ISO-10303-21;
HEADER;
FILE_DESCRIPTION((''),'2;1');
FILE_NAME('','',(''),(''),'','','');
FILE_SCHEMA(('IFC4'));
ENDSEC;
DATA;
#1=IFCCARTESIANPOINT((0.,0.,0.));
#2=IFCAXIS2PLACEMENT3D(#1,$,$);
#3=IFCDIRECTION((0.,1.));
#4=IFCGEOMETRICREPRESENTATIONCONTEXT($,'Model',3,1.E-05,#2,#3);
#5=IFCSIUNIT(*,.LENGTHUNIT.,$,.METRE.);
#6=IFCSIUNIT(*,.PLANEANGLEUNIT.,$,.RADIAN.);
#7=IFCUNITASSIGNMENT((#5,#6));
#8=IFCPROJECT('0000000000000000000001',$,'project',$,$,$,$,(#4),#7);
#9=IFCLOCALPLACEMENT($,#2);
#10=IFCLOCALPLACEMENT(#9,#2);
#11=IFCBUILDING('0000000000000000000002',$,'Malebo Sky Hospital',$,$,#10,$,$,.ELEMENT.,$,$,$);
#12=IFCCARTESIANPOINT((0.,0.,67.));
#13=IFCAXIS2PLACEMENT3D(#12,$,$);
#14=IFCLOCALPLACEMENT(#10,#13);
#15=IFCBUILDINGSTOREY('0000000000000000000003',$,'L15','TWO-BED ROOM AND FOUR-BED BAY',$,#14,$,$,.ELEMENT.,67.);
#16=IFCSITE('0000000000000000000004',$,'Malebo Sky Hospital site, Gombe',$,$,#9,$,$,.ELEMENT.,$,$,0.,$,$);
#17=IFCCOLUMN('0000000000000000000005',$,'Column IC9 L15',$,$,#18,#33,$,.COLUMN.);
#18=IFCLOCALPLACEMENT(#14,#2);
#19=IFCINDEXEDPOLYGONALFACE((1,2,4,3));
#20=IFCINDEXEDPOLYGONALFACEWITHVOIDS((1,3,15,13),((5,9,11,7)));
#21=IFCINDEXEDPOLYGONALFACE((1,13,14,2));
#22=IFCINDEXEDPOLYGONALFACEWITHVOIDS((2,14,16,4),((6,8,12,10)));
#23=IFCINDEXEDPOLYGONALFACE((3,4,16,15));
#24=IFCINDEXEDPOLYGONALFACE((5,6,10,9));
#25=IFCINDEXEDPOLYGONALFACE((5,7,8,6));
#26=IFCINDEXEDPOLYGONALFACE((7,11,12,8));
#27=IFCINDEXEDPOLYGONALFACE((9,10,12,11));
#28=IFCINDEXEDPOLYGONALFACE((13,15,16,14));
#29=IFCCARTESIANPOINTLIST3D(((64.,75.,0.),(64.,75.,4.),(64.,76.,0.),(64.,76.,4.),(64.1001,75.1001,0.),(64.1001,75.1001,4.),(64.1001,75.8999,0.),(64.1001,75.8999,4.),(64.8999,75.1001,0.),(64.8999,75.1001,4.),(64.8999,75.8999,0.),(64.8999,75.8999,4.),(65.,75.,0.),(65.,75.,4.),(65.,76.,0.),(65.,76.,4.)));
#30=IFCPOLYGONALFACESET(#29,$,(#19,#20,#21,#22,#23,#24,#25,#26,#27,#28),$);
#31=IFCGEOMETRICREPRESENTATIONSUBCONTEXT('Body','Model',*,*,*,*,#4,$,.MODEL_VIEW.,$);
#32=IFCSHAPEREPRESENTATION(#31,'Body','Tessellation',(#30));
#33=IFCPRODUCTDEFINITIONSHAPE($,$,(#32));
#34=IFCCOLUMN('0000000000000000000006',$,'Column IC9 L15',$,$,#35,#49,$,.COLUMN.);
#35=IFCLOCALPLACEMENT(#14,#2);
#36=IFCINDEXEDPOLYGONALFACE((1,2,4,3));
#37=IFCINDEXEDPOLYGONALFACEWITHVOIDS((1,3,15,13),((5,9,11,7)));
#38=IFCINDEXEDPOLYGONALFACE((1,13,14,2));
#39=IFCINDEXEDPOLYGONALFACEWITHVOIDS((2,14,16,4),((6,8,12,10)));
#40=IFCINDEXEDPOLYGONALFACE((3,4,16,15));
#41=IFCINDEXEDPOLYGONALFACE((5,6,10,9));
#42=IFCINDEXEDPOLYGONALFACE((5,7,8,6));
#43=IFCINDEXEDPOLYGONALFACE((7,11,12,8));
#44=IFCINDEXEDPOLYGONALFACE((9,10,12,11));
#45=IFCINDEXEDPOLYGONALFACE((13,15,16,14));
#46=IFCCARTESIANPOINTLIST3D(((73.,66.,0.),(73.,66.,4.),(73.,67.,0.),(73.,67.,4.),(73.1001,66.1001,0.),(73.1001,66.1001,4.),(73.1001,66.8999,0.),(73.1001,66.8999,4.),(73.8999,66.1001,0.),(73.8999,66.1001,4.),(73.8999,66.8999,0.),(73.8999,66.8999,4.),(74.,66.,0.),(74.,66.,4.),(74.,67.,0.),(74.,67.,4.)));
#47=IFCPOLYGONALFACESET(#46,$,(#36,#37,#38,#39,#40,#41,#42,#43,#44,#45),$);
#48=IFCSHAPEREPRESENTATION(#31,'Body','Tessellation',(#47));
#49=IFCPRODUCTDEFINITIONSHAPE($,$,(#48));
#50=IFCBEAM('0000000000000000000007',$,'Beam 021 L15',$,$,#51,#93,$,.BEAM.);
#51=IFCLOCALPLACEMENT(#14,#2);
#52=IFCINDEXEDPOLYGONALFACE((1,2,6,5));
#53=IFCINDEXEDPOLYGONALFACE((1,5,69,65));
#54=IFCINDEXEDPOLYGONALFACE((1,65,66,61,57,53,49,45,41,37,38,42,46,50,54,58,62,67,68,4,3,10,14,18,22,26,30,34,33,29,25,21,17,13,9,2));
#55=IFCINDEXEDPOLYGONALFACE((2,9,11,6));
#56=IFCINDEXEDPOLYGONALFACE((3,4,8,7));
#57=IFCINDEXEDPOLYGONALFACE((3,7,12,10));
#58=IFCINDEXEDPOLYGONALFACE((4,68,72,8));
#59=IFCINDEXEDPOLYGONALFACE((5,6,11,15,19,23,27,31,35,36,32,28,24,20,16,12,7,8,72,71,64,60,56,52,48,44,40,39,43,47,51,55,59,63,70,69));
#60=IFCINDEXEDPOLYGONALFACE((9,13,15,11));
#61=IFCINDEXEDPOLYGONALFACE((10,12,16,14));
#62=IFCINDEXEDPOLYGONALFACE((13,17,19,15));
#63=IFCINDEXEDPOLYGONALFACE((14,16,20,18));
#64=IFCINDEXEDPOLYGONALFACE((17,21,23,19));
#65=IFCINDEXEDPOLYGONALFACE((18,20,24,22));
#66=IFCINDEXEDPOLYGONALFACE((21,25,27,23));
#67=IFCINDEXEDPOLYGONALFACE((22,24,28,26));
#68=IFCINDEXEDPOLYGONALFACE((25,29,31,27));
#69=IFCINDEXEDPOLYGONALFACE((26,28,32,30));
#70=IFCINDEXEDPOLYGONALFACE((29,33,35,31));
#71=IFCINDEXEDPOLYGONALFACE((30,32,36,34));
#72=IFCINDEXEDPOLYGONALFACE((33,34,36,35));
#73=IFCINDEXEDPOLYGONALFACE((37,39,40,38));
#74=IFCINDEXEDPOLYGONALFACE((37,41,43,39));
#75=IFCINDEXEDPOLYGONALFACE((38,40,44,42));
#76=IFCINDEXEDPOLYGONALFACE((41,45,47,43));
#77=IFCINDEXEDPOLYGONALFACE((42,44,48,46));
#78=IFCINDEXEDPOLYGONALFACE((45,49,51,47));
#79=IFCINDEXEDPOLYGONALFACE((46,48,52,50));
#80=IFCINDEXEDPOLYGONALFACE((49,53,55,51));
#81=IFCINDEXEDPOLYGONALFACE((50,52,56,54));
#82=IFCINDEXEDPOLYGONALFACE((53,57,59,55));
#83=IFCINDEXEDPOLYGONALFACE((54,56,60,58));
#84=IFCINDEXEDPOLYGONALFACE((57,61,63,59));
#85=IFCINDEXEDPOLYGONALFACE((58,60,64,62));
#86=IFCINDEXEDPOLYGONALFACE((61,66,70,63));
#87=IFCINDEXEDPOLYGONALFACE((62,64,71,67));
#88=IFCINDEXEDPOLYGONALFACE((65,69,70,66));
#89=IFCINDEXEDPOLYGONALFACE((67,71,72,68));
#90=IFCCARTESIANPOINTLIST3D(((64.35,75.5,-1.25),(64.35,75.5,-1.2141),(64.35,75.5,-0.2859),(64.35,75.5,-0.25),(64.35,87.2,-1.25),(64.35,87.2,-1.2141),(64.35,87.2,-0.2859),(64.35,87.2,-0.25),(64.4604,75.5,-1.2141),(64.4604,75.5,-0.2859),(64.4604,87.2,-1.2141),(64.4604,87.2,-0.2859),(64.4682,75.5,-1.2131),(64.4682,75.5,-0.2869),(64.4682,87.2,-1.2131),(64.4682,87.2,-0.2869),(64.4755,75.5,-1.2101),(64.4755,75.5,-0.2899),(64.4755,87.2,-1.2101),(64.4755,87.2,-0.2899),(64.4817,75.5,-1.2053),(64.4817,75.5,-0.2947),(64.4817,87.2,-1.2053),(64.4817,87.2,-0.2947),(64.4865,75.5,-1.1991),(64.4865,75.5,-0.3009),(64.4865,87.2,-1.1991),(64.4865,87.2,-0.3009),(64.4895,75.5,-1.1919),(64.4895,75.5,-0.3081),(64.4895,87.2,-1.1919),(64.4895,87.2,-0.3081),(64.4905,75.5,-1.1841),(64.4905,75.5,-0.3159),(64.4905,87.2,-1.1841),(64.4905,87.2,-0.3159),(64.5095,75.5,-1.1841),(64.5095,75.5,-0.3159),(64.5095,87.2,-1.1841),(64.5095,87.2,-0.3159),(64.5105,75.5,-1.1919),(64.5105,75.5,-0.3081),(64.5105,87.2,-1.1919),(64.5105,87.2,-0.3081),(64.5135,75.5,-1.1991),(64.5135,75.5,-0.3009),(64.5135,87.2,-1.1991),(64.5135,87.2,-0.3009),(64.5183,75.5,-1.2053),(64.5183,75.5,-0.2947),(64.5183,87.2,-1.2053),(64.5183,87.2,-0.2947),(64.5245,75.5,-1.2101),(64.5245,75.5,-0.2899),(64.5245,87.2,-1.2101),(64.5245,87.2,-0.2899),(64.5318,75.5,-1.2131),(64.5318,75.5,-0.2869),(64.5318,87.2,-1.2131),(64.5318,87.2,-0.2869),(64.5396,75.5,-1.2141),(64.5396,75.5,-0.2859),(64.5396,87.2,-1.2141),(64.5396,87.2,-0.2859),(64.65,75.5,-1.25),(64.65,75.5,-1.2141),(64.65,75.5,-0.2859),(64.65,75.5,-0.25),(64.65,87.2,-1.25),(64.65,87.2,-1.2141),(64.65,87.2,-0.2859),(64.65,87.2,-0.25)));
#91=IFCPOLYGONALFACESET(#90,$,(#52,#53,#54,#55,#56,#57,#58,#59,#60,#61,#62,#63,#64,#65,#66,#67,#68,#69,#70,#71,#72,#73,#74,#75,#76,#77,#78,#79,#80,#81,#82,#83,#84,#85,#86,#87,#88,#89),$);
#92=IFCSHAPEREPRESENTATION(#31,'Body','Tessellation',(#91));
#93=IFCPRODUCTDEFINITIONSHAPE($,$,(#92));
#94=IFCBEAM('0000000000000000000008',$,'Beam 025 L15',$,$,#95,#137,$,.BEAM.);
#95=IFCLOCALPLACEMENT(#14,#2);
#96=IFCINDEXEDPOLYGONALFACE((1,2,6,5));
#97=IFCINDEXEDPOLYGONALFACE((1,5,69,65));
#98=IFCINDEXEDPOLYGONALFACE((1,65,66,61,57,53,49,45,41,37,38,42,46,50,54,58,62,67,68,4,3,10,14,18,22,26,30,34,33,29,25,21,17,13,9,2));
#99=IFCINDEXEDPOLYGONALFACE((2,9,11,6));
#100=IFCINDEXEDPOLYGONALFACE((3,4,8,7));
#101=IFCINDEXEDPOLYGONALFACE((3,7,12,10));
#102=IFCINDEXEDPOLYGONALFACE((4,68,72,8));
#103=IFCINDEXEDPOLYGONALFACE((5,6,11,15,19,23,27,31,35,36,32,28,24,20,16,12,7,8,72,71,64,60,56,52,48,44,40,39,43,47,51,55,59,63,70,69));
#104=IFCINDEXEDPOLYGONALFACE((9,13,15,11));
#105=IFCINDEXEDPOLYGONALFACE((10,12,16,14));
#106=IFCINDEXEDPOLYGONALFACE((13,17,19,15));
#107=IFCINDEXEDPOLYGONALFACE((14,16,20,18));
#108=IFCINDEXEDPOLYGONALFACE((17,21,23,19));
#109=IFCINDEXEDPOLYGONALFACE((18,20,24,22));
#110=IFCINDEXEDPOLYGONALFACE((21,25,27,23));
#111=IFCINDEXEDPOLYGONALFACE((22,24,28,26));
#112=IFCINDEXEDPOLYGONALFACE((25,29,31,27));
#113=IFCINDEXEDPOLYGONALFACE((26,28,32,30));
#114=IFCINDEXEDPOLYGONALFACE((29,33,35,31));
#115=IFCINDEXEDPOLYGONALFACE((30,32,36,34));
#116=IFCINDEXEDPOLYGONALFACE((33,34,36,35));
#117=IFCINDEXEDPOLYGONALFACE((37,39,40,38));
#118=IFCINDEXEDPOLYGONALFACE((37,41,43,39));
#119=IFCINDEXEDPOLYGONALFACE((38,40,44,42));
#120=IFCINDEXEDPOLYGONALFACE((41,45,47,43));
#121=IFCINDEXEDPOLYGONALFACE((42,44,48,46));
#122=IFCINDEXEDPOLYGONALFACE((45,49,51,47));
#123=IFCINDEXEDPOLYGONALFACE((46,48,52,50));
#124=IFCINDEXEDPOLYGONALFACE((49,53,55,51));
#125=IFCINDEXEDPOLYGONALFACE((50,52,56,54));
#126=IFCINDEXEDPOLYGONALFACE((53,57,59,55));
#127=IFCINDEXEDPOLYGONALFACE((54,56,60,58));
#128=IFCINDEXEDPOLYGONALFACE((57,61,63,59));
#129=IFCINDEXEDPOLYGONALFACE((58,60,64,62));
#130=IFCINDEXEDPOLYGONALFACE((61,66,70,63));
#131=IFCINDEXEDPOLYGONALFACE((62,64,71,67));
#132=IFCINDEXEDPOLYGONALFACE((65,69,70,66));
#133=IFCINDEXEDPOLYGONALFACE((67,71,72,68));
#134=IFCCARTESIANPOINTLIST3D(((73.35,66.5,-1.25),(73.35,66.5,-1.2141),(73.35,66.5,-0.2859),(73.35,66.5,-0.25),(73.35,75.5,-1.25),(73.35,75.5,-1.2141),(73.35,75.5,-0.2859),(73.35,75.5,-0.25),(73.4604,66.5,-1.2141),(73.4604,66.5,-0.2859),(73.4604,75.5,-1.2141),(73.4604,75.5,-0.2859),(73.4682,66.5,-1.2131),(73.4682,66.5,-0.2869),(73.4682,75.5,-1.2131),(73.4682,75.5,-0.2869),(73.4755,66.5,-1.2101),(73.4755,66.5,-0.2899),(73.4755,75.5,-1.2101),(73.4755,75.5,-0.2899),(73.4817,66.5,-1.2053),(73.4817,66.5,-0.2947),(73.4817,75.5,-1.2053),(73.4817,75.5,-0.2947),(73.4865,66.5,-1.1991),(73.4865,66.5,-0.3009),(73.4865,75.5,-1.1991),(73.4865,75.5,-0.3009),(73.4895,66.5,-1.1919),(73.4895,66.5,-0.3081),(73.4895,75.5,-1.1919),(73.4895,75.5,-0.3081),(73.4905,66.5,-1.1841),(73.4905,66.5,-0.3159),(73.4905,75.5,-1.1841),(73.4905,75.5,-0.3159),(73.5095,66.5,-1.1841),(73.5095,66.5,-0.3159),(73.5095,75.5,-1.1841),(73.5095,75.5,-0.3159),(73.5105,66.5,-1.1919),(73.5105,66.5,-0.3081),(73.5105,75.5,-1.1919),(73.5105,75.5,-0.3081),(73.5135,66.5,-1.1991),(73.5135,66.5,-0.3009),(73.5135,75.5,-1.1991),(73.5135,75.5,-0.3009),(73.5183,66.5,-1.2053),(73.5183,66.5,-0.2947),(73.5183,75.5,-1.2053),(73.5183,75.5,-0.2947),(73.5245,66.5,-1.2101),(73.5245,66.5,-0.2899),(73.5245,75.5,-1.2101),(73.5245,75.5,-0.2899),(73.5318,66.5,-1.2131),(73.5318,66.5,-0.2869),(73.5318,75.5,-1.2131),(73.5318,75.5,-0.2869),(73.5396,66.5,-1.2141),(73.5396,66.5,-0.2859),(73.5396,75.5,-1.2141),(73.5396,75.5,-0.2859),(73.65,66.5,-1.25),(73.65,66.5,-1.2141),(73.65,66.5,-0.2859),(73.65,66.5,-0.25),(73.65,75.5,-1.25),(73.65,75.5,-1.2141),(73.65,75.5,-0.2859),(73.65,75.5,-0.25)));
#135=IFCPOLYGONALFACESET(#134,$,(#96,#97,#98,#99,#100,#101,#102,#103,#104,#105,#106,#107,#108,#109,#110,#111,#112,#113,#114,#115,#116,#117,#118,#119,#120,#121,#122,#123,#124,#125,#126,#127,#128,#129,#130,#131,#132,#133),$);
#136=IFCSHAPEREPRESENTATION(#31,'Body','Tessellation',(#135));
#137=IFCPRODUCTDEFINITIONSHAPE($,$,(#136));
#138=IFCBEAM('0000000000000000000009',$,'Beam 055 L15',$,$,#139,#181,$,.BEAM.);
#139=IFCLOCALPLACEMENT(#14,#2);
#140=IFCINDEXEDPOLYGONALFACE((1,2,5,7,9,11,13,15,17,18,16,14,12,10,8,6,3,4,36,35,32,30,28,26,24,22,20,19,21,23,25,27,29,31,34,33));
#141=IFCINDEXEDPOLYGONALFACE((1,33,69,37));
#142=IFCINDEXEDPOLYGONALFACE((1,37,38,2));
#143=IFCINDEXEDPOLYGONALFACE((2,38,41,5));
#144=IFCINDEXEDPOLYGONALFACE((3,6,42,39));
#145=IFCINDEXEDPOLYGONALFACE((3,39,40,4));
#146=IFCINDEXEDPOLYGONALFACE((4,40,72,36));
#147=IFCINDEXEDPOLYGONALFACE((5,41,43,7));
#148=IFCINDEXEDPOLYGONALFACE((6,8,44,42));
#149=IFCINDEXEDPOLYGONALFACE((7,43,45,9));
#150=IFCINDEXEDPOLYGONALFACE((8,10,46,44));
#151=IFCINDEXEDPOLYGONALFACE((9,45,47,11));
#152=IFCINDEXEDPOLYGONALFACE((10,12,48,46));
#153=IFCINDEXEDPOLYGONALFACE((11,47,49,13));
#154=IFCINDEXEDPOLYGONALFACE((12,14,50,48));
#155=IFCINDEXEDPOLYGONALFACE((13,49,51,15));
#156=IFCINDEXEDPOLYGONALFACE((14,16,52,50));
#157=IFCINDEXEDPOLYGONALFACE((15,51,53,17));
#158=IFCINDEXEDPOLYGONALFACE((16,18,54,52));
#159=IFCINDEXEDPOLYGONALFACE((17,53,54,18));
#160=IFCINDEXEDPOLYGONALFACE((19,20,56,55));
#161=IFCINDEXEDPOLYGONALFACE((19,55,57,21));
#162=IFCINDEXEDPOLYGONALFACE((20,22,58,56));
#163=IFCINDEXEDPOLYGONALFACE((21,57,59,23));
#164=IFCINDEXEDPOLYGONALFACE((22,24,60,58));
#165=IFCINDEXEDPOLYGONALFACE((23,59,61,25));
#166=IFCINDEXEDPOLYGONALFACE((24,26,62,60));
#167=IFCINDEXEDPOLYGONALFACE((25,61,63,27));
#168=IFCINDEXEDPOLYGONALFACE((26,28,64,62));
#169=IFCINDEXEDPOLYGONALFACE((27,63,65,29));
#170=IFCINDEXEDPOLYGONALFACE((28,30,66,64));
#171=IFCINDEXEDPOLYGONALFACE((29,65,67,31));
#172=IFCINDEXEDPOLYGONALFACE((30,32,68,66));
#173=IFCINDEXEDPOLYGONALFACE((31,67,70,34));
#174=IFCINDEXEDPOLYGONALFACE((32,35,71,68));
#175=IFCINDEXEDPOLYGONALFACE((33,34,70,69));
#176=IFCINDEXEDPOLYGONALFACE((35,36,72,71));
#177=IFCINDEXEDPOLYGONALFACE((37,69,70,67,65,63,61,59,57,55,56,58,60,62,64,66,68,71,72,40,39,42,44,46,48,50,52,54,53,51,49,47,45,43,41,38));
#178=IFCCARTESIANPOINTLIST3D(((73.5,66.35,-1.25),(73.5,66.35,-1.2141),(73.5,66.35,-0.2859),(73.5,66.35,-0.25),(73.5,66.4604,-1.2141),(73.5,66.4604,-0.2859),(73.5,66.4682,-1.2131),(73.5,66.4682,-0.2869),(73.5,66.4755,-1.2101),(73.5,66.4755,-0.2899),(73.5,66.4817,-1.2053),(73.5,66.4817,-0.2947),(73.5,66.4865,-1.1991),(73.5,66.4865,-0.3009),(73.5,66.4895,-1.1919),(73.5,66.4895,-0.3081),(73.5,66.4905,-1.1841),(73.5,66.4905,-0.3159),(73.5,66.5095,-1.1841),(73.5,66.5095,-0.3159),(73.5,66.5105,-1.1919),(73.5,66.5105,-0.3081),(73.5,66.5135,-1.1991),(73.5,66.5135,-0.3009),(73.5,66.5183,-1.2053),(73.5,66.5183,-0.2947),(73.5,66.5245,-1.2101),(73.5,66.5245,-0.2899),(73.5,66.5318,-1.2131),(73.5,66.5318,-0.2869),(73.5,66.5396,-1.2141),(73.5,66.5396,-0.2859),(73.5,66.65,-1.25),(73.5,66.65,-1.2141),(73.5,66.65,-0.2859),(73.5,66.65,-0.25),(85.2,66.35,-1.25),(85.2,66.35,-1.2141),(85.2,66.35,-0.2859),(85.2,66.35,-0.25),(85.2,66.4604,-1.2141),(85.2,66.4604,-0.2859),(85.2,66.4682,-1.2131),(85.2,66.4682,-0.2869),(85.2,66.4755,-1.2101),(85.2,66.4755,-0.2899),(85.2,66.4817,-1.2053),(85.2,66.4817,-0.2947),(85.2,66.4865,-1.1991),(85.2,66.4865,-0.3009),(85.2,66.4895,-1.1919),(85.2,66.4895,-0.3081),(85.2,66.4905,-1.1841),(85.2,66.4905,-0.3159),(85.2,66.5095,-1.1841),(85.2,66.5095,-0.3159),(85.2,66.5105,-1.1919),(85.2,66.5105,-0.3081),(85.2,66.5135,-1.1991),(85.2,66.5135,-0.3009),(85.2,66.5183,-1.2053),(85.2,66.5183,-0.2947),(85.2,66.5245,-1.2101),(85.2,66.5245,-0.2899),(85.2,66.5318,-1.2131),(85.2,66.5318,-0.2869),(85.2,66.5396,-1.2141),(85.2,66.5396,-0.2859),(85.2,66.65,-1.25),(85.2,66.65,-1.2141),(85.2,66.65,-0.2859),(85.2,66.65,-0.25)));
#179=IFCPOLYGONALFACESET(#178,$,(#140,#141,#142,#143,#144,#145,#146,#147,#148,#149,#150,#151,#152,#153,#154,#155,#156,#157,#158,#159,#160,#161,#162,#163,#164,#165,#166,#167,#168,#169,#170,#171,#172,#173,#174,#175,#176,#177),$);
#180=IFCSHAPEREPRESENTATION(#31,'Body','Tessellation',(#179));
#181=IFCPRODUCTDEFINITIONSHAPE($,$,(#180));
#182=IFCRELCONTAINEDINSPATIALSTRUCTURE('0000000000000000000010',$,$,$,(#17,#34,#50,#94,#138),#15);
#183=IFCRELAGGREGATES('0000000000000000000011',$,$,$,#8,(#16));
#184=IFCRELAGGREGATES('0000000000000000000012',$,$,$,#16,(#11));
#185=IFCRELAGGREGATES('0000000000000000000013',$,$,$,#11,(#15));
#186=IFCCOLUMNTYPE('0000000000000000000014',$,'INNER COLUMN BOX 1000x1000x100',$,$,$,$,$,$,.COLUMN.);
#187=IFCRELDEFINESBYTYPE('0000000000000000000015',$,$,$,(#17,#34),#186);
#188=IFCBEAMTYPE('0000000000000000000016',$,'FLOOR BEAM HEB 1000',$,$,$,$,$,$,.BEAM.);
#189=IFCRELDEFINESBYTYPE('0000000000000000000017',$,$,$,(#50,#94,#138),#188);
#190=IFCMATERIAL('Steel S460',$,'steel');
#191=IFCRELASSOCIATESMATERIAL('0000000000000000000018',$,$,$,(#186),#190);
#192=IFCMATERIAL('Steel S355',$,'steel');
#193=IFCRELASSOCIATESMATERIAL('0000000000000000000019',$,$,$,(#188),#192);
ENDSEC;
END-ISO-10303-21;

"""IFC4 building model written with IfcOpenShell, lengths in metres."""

from ifc_helpers import new_model, si_unit, direction, frame, origin, origin_2d, place, context, subcontext, project, spatial, hollow_rectangle, i_section, extrude, material, material_profile, profile_set, type_object, element, save


model = new_model("IFC4")

# Units and contexts
model_context = context("Model", 3, precision=1e-05, world=origin(), true_north=direction((0.0, 1.0)))
body_context = subcontext(model_context, "Body", "Model", "MODEL_VIEW")
ifc_project = project(units=[si_unit("LENGTHUNIT", "METRE"), si_unit("PLANEANGLEUNIT", "RADIAN")], contexts=[model_context])

# Site, building, storey
site_placement = place(None, origin())
site = spatial("IfcSite", under=ifc_project, at=site_placement, Name="Malebo Sky Hospital site, Gombe", CompositionType="ELEMENT", RefElevation=0.0)
building_placement = place(site_placement, origin())
building = spatial("IfcBuilding", under=site, at=building_placement, Name="Malebo Sky Hospital", CompositionType="ELEMENT")
storey_placement = place(building_placement, frame((0.0, 0.0, 67.0)))
storey = spatial("IfcBuildingStorey", under=building, at=storey_placement, Name="L15", Description="TWO-BED ROOM AND FOUR-BED BAY", CompositionType="ELEMENT", Elevation=67.0)

# Columns
ifc_material_1 = material(Name="Steel S460", Category="steel")
ifc_material_profile_1 = material_profile(ifc_material_1, hollow_rectangle(XDim=1.0, YDim=1.0, WallThickness=0.1001, at=origin_2d()), Name="BOX 1000x1000x100")
ifc_profile_set_1 = profile_set([ifc_material_profile_1], Name="Steel S460")
column_type = type_object("IfcColumnType", Name="INNER COLUMN BOX 1000x1000x100", PredefinedType="COLUMN", material=ifc_profile_set_1)
for number, where, z_axis, x_axis, name in (
    (1, (64.5, 75.5, 0.0), (0.0, 0.0, 1.0), (1.0, 0.0, 0.0), "Column IC9 L15"),
    (2, (73.5, 66.5, 0.0), (0.0, 0.0, 1.0), (1.0, 0.0, 0.0), "Column IC9 L15"),
):
    element("IfcColumn", number, at=place(storey_placement, frame(where, z_axis=z_axis, x_axis=x_axis)), inside=storey, type_object=column_type, Name=name, PredefinedType="COLUMN", context=body_context, shape_type="SweptSolid", body=[
        extrude(hollow_rectangle(XDim=1.0, YDim=1.0, WallThickness=0.1001, at=origin_2d()), origin(), (0.0, 0.0, 1.0), 4.0),
    ])

# Beams
ifc_material_2 = material(Name="Steel S355", Category="steel")
ifc_material_profile_2 = material_profile(ifc_material_2, i_section(OverallWidth=0.3, OverallDepth=1.0, WebThickness=0.019, FlangeThickness=0.0359, FilletRadius=0.03, at=origin_2d()), Name="HEB 1000")
ifc_profile_set_2 = profile_set([ifc_material_profile_2], Name="Steel S355")
beam_type_1 = type_object("IfcBeamType", Name="FLOOR BEAM HEB 1000", PredefinedType="BEAM", material=ifc_profile_set_2)
beam_1_placement = place(storey_placement, frame((64.5, 75.5, -0.75), z_axis=(0.0, 1.0, 0.0), x_axis=(-1.0, 0.0, 0.0)))
element("IfcBeam", 3, at=beam_1_placement, inside=storey, type_object=beam_type_1, Name="Beam 021 L15", PredefinedType="BEAM", context=body_context, shape_type="SweptSolid", body=[
    extrude(i_section(OverallWidth=0.3, OverallDepth=1.0, WebThickness=0.019, FlangeThickness=0.0359, FilletRadius=0.03, at=origin_2d()), origin(), (0.0, 0.0, 1.0), 11.7),
])
beam_2_placement = place(storey_placement, frame((73.5, 66.5, -0.75), z_axis=(0.0, 1.0, 0.0), x_axis=(-1.0, 0.0, 0.0)))
element("IfcBeam", 4, at=beam_2_placement, inside=storey, type_object=beam_type_1, Name="Beam 025 L15", PredefinedType="BEAM", context=body_context, shape_type="SweptSolid", body=[
    extrude(i_section(OverallWidth=0.3, OverallDepth=1.0, WebThickness=0.019, FlangeThickness=0.0359, FilletRadius=0.03, at=origin_2d()), origin(), (0.0, 0.0, 1.0), 9.0),
])
beam_3_placement = place(storey_placement, frame((73.5, 66.5, -0.75), z_axis=(1.0, 0.0, 0.0), x_axis=(0.0, 1.0, 0.0)))
element("IfcBeam", 5, at=beam_3_placement, inside=storey, type_object=beam_type_1, Name="Beam 055 L15", PredefinedType="BEAM", context=body_context, shape_type="SweptSolid", body=[
    extrude(i_section(OverallWidth=0.3, OverallDepth=1.0, WebThickness=0.019, FlangeThickness=0.0359, FilletRadius=0.03, at=origin_2d()), origin(), (0.0, 0.0, 1.0), 11.7),
])

save(model, "model.ifc")
